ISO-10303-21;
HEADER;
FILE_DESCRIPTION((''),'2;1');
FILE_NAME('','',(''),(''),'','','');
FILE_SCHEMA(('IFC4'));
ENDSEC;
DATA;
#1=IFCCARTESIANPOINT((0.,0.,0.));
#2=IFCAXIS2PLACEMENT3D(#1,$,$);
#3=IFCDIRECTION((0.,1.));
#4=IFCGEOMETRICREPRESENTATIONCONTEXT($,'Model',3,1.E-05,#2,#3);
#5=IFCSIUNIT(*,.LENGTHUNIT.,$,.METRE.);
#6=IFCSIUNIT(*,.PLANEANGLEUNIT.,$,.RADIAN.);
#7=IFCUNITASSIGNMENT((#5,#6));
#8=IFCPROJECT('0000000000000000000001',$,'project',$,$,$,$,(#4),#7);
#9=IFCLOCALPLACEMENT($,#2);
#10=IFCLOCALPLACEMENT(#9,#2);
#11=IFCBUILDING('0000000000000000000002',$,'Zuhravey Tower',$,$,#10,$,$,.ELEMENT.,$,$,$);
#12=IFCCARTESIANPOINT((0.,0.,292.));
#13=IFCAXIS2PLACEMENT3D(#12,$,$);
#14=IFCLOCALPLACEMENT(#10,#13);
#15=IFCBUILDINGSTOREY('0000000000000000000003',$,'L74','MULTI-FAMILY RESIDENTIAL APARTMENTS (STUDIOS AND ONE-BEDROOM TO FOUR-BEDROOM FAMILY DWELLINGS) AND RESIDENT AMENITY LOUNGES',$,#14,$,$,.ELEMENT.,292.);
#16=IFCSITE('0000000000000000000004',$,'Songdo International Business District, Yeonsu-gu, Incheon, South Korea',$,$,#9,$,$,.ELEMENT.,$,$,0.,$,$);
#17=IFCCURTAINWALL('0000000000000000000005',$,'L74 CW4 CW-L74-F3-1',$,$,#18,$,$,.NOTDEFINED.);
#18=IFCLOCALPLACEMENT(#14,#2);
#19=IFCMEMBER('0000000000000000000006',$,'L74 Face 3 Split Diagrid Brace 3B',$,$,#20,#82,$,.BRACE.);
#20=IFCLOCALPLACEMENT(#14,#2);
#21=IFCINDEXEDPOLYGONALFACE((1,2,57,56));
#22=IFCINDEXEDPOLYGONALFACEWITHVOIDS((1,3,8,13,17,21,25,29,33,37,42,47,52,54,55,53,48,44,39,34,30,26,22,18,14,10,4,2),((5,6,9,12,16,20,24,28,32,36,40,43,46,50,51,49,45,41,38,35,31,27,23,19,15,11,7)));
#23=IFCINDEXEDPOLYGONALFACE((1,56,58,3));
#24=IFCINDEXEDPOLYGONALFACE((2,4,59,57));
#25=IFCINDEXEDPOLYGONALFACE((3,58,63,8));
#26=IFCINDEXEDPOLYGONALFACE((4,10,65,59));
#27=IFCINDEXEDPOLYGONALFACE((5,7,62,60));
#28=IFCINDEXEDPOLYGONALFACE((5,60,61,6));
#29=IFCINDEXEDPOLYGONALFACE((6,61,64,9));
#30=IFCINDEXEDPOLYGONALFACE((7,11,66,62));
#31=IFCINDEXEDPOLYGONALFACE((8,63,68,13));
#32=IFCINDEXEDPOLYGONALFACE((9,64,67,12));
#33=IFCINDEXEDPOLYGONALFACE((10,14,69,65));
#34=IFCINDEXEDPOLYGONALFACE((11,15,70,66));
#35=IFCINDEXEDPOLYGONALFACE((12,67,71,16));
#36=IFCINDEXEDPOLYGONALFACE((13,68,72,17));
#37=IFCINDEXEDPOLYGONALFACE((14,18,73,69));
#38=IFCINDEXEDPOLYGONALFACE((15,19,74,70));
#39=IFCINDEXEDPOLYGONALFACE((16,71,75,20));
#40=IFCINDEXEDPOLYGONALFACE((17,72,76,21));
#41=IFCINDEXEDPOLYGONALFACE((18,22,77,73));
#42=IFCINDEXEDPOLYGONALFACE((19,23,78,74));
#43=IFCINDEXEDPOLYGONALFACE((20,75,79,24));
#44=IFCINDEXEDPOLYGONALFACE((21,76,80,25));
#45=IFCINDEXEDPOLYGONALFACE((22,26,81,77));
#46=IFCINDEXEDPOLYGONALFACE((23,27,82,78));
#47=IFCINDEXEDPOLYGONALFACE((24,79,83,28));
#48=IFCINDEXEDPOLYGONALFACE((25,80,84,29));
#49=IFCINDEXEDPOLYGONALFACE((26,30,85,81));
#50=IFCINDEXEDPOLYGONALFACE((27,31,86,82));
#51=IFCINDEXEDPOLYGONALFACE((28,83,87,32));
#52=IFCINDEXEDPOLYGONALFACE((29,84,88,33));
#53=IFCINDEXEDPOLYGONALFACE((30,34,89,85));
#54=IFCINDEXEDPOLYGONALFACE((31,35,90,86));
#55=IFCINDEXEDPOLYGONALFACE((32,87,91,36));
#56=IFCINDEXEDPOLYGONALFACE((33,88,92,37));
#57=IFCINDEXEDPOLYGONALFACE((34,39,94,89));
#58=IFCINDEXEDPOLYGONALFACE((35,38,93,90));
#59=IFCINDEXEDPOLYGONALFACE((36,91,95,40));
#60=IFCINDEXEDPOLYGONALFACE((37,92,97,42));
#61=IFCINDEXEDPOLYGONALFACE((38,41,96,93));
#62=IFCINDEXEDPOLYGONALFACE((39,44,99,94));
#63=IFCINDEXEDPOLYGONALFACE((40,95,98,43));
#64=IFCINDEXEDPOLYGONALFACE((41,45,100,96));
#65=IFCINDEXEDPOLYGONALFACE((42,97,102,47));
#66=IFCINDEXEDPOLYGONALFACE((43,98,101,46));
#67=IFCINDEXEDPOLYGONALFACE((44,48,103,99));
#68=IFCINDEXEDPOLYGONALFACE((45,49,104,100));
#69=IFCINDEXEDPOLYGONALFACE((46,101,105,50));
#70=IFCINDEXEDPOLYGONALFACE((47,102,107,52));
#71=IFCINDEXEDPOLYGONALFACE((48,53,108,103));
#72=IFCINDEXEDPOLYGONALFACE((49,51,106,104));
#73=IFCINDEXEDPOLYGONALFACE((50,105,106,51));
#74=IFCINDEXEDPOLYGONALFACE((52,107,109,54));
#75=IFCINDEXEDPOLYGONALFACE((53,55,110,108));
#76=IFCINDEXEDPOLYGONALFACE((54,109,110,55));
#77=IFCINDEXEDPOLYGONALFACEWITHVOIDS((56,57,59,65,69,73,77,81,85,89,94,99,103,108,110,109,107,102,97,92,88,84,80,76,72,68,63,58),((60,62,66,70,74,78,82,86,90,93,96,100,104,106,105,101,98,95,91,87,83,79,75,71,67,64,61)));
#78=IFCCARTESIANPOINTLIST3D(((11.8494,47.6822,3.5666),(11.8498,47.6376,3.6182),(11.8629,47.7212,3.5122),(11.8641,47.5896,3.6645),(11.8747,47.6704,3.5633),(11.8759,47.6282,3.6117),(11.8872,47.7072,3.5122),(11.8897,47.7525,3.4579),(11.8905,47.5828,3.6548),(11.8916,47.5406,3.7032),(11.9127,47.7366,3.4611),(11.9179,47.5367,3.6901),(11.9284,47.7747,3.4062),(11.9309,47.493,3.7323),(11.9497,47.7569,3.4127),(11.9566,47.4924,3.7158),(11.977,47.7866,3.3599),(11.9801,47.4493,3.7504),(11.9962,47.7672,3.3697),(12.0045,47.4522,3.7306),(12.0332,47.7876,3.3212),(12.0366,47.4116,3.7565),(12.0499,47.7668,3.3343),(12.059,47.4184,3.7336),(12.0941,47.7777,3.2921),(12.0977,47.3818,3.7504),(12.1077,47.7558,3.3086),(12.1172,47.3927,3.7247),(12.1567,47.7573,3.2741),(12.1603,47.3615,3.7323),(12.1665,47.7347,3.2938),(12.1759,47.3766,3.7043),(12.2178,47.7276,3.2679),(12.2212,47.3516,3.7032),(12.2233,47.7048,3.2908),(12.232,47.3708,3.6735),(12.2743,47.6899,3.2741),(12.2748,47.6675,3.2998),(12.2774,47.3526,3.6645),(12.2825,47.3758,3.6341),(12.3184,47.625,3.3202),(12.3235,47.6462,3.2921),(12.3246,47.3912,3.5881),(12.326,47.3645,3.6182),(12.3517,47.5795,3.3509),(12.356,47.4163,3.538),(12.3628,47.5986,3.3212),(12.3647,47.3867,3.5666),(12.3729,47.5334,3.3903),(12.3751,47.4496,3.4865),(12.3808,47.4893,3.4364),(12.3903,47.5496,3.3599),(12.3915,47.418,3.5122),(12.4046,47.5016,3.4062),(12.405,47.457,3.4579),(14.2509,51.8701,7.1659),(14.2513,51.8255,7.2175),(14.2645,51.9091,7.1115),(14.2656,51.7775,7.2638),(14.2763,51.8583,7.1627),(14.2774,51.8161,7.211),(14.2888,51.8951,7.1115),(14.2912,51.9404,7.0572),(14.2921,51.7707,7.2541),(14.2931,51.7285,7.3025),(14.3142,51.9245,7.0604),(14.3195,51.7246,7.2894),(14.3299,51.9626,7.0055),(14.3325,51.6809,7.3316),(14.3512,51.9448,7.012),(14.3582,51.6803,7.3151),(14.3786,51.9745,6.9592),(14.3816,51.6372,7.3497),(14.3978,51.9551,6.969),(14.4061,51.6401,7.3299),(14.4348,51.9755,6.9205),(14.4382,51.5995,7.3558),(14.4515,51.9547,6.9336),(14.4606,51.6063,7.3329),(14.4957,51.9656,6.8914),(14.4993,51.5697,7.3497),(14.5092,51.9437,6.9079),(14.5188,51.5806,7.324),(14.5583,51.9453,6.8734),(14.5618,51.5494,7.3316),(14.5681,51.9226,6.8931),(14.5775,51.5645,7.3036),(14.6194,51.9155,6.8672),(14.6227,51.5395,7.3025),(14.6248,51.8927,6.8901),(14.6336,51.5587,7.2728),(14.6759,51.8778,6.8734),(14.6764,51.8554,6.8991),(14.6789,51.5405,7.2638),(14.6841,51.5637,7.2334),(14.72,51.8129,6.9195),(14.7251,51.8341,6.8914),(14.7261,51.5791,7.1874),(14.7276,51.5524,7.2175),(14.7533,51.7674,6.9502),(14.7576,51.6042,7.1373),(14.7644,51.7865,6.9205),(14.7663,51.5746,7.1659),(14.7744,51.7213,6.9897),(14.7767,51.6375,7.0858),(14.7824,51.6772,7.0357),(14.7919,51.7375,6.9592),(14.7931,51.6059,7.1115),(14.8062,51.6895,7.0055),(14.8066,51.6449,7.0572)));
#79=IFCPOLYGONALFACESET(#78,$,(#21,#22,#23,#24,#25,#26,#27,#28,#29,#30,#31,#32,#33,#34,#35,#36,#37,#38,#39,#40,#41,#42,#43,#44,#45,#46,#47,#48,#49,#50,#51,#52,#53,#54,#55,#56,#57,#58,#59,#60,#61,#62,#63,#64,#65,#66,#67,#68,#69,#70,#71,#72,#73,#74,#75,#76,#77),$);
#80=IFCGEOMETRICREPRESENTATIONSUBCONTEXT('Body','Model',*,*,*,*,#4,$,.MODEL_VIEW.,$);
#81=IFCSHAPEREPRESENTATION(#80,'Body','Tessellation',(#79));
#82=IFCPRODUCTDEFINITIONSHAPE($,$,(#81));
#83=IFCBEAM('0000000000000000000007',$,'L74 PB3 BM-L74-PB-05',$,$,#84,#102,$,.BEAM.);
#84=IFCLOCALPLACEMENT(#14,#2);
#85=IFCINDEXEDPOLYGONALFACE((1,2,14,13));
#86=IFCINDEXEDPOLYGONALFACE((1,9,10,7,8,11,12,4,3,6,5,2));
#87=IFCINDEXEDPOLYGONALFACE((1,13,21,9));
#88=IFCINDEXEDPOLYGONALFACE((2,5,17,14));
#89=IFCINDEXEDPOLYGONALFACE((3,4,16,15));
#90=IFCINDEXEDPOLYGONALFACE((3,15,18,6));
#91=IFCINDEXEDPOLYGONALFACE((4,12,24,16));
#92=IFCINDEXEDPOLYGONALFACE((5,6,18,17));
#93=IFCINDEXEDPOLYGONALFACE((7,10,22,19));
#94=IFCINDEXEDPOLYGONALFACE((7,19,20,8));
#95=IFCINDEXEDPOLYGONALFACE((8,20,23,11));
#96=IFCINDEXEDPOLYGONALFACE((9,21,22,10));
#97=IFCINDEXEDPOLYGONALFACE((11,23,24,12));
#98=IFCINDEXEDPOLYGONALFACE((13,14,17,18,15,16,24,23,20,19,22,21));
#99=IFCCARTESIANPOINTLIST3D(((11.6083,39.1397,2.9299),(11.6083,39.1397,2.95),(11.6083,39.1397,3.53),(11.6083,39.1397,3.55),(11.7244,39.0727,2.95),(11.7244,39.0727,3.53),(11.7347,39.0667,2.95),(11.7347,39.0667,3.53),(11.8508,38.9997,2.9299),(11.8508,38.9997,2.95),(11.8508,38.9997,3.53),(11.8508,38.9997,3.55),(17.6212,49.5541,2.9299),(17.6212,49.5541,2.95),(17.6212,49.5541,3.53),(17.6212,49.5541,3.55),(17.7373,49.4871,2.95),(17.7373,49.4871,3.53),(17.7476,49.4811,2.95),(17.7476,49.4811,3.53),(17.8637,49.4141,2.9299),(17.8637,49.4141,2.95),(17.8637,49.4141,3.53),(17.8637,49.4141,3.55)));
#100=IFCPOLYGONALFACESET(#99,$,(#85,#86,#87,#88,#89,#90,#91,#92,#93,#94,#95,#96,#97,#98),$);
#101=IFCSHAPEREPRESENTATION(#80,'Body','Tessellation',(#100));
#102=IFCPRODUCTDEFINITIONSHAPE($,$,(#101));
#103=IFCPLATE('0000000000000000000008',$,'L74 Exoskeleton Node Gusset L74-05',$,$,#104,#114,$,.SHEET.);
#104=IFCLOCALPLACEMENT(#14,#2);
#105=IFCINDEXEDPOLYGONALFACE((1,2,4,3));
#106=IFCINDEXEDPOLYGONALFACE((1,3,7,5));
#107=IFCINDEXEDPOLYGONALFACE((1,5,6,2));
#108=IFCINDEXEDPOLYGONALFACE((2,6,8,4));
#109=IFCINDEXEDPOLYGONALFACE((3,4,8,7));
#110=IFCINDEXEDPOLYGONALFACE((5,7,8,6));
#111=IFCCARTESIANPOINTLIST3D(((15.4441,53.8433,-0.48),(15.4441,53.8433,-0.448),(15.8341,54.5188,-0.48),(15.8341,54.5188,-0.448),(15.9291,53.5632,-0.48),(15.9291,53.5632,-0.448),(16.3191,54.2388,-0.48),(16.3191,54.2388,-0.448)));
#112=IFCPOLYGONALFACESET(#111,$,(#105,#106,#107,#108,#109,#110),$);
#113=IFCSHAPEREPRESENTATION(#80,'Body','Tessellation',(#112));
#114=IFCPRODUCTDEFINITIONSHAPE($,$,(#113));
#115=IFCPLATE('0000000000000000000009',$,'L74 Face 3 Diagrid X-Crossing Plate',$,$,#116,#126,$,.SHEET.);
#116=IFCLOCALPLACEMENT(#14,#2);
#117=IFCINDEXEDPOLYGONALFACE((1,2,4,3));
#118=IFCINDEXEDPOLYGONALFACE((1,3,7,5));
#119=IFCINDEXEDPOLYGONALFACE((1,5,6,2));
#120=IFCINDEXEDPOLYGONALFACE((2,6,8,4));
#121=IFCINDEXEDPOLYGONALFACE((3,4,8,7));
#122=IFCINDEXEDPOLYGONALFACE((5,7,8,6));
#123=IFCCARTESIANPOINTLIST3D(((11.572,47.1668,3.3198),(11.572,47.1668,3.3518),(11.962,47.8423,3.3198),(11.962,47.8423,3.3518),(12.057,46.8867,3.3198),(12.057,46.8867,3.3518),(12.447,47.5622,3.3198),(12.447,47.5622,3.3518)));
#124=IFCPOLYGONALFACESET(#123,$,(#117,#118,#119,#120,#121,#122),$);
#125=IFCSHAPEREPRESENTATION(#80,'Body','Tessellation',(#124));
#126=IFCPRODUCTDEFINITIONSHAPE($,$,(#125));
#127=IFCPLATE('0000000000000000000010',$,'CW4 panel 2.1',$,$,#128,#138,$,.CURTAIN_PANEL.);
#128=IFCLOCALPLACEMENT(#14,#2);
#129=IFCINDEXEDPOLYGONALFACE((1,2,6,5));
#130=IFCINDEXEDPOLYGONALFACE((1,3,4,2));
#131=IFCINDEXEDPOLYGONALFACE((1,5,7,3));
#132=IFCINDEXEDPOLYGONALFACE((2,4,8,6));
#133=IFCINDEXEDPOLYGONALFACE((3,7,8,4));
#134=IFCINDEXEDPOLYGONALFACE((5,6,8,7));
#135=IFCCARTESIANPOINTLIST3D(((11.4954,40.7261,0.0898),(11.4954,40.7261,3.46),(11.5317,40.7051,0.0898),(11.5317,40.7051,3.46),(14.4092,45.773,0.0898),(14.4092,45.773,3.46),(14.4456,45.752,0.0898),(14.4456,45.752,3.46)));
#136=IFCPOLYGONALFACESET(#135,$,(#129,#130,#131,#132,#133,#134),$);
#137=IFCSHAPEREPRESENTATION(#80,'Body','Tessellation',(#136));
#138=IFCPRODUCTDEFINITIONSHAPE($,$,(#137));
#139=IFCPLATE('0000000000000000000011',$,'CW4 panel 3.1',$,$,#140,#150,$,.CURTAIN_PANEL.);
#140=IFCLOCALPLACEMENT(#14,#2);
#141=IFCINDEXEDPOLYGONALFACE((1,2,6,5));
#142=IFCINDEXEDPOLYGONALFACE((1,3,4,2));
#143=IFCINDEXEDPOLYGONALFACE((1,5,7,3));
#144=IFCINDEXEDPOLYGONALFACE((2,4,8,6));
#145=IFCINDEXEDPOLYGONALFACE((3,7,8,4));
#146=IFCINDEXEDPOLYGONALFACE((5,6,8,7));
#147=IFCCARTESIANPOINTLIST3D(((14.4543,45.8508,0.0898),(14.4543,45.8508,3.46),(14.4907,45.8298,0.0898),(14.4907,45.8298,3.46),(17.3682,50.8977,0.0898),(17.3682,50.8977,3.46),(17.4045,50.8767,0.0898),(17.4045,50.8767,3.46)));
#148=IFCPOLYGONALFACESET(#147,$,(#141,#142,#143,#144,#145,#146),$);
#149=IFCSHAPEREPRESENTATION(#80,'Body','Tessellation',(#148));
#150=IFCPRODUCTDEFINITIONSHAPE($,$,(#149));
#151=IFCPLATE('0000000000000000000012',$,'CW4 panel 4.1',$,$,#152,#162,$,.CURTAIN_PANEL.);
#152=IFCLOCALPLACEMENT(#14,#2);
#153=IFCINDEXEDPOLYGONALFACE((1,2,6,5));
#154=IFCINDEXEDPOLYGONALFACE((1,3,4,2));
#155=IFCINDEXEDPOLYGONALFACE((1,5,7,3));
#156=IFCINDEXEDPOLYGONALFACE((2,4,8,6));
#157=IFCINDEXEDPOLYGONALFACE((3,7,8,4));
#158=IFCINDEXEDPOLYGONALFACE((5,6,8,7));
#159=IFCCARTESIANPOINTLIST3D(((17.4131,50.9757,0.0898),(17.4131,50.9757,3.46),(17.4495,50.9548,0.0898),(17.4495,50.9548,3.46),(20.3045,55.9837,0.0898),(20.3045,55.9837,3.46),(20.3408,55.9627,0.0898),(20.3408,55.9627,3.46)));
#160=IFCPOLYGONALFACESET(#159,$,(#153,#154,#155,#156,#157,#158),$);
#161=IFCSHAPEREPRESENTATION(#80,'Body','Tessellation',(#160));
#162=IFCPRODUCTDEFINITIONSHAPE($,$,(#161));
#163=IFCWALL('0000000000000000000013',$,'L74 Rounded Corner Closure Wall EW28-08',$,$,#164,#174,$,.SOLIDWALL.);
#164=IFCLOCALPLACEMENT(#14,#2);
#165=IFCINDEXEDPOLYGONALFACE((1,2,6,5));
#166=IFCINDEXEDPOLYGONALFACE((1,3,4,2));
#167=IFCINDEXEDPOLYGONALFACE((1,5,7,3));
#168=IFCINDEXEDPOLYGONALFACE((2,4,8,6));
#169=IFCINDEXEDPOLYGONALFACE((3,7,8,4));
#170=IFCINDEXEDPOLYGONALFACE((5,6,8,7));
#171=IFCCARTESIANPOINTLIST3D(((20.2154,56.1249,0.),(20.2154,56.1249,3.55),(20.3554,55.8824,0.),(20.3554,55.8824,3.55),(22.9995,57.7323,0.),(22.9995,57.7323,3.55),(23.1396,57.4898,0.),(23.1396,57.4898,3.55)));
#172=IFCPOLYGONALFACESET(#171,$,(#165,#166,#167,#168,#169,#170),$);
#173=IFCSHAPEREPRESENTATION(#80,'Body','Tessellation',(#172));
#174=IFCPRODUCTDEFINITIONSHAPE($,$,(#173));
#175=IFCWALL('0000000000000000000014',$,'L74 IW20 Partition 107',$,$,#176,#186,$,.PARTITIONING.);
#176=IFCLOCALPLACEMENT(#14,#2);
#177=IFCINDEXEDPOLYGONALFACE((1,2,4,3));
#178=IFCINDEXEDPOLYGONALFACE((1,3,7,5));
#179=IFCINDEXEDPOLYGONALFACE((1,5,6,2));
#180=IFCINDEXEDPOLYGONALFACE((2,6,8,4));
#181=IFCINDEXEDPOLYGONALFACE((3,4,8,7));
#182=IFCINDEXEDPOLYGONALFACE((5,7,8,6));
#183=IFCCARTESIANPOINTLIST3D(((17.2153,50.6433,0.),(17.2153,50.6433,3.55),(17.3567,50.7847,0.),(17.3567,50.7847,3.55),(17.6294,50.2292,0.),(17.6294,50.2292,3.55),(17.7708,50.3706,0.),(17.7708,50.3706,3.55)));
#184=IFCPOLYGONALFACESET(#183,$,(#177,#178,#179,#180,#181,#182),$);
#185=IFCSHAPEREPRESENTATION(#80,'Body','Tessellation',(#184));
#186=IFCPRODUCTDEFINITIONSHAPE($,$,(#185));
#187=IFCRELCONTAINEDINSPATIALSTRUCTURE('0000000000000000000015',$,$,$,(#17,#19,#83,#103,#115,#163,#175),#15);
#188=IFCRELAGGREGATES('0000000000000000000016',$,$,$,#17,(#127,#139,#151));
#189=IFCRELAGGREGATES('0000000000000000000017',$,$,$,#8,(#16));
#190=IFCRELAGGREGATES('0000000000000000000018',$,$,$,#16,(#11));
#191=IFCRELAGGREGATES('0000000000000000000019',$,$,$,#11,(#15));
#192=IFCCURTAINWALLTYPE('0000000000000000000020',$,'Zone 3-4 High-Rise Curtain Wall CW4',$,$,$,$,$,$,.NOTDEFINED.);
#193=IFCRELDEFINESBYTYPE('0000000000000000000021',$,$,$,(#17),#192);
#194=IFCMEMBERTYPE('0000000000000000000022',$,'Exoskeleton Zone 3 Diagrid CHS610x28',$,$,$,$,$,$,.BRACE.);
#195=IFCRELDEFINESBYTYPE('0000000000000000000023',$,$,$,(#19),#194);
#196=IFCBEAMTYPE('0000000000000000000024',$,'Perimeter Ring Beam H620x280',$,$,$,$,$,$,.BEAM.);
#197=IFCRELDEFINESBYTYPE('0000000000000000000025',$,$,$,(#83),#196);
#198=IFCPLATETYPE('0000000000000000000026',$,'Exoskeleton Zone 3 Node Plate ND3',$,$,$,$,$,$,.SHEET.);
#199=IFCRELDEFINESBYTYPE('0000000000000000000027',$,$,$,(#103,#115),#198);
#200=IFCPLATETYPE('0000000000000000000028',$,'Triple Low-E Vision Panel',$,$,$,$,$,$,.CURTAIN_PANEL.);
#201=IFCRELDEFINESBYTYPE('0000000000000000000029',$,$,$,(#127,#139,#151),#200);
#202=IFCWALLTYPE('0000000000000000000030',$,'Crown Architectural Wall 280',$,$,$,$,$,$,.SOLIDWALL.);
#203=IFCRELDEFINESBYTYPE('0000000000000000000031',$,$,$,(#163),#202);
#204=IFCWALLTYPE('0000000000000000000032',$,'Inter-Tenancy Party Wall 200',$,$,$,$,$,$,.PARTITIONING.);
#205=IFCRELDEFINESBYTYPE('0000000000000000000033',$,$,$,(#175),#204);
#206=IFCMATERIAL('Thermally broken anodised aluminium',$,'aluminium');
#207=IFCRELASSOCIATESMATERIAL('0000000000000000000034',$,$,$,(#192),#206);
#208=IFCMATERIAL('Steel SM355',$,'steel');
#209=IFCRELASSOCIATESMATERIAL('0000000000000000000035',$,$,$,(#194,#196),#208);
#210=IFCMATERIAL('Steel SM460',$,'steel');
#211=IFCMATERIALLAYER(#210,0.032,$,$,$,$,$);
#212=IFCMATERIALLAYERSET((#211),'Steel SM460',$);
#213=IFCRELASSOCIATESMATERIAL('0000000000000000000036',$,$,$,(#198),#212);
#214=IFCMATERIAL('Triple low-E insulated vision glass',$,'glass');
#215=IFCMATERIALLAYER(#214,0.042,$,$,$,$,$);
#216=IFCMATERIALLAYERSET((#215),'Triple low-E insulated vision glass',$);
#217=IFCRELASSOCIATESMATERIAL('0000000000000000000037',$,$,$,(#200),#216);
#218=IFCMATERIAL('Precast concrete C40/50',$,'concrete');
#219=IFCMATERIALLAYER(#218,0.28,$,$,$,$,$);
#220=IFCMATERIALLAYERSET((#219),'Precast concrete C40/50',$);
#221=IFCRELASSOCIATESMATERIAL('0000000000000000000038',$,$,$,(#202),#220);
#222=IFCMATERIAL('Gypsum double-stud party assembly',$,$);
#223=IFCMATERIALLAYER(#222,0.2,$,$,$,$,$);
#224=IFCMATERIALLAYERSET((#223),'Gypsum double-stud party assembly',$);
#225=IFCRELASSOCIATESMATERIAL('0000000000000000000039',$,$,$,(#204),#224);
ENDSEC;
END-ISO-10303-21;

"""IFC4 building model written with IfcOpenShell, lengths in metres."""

from ifc_helpers import new_model, si_unit, direction, frame, frame_2d, origin, origin_2d, place, context, subcontext, project, spatial, rectangle, hollow_circle, i_section, extrude, material, layer, layer_set, material_profile, profile_set, type_object, element, aggregate, save


model = new_model("IFC4")

# Units and contexts
model_context = context("Model", 3, precision=1e-05, world=origin(), true_north=direction((0.0, 1.0)))
body_context = subcontext(model_context, "Body", "Model", "MODEL_VIEW")
ifc_project = project(units=[si_unit("LENGTHUNIT", "METRE"), si_unit("PLANEANGLEUNIT", "RADIAN")], contexts=[model_context])

# Site, building, storey
site_placement = place(None, origin())
site = spatial("IfcSite", under=ifc_project, at=site_placement, Name="Songdo International Business District, Yeonsu-gu, Incheon, South Korea", CompositionType="ELEMENT", RefElevation=0.0)
building_placement = place(site_placement, origin())
building = spatial("IfcBuilding", under=site, at=building_placement, Name="Zuhravey Tower", CompositionType="ELEMENT")
storey_placement = place(building_placement, frame((0.0, 0.0, 292.0)))
storey = spatial("IfcBuildingStorey", under=building, at=storey_placement, Name="L74", Description="MULTI-FAMILY RESIDENTIAL APARTMENTS (STUDIOS AND ONE-BEDROOM TO FOUR-BEDROOM FAMILY DWELLINGS) AND RESIDENT AMENITY LOUNGES", CompositionType="ELEMENT", Elevation=292.0)

# Curtain wall
ifc_material_1 = material(Name="Thermally broken anodised aluminium", Category="aluminium")
curtain_wall_type = type_object("IfcCurtainWallType", Name="Zone 3-4 High-Rise Curtain Wall CW4", PredefinedType="NOTDEFINED", material=ifc_material_1)
curtain_wall_placement = place(storey_placement, origin())
curtain_wall = element("IfcCurtainWall", 1, at=curtain_wall_placement, inside=storey, type_object=curtain_wall_type, Name="L74 CW4 CW-L74-F3-1", PredefinedType="NOTDEFINED")

# Member
ifc_material_2 = material(Name="Steel SM355", Category="steel")
ifc_material_profile_1 = material_profile(ifc_material_2, hollow_circle(Radius=0.3047, WallThickness=0.0281, at=origin_2d()), Name="CHS-609.6x28")
ifc_profile_set_1 = profile_set([ifc_material_profile_1], Name="Steel SM355")
member_type_1 = type_object("IfcMemberType", Name="Exoskeleton Zone 3 Diagrid CHS610x28", PredefinedType="BRACE", material=ifc_profile_set_1)
member_1_placement = place(storey_placement, frame((12.1272, 47.5696, 3.5122), z_axis=(0.398818, 0.695468, 0.59772), x_axis=(-0.867486, 0.497462, 0.0)))
element("IfcMember", 2, at=member_1_placement, inside=storey, type_object=member_type_1, Name="L74 Face 3 Split Diagrid Brace 3B", PredefinedType="BRACE", context=body_context, shape_type="SweptSolid", body=[
    extrude(hollow_circle(Radius=0.3047, WallThickness=0.0281, at=origin_2d()), origin(), (0.0, 0.0, 1.0), 6.0217),
])

# Beam
ifc_material_profile_2 = material_profile(ifc_material_2, i_section(OverallWidth=0.28, OverallDepth=0.6201, WebThickness=0.012, FlangeThickness=0.02, at=origin_2d()), Name="H-620x280x12x20")
ifc_profile_set_2 = profile_set([ifc_material_profile_2], Name="Steel SM355")
beam_type = type_object("IfcBeamType", Name="Perimeter Ring Beam H620x280", PredefinedType="BEAM", material=ifc_profile_set_2)
beam_placement = place(storey_placement, frame((17.7424, 49.4841, 3.24), z_axis=(-0.500006, -0.866022, 0.0), x_axis=(0.866022, -0.500006, 0.0)))
element("IfcBeam", 3, at=beam_placement, inside=storey, type_object=beam_type, Name="L74 PB3 BM-L74-PB-05", PredefinedType="BEAM", context=body_context, shape_type="SweptSolid", body=[
    extrude(i_section(OverallWidth=0.28, OverallDepth=0.6201, WebThickness=0.012, FlangeThickness=0.02, at=origin_2d()), origin(), (0.0, 0.0, 1.0), 12.0256),
])

# Plates
ifc_material_3 = material(Name="Steel SM460", Category="steel")
ifc_layer_1 = layer(ifc_material_3, 0.032)
ifc_layer_set_1 = layer_set([ifc_layer_1], Name="Steel SM460")
plate_type_1 = type_object("IfcPlateType", Name="Exoskeleton Zone 3 Node Plate ND3", PredefinedType="SHEET", material=ifc_layer_set_1)
for number, where, z_axis, x_axis, name in (
    (4, (15.8816, 54.041, -0.48), (0.0, 0.0, 1.0), (-0.5, -0.866025, 0.0), "L74 Exoskeleton Node Gusset L74-05"),
    (5, (12.0095, 47.3645, 3.3198), (0.0, 0.0, 1.0), (-0.5, -0.866025, 0.0), "L74 Face 3 Diagrid X-Crossing Plate"),
):
    element("IfcPlate", number, at=place(storey_placement, frame(where, z_axis=z_axis, x_axis=x_axis)), inside=storey, type_object=plate_type_1, Name=name, PredefinedType="SHEET", context=body_context, shape_type="SweptSolid", body=[
        extrude(rectangle(XDim=0.78, YDim=0.5601, at=origin_2d()), origin(), (0.0, 0.0, 1.0), 0.032),
    ])

# Plates
ifc_material_4 = material(Name="Triple low-E insulated vision glass", Category="glass")
ifc_layer_2 = layer(ifc_material_4, 0.042)
ifc_layer_set_2 = layer_set([ifc_layer_2], Name="Triple low-E insulated vision glass")
plate_type_2 = type_object("IfcPlateType", Name="Triple Low-E Vision Panel", PredefinedType="CURTAIN_PANEL", material=ifc_layer_set_2)
plate_1_placement = place(storey_placement, frame((12.9705, 43.239, 0.0898), z_axis=(0.0, 0.0, 1.0), x_axis=(0.500001, 0.866025, 0.0)))
plate_1 = element("IfcPlate", 6, at=plate_1_placement, type_object=plate_type_2, Name="CW4 panel 2.1", PredefinedType="CURTAIN_PANEL", context=body_context, shape_type="SweptSolid", body=[
    extrude(rectangle(XDim=5.8276, YDim=0.042, at=origin_2d()), origin(), (0.0, 0.0, 1.0), 3.3701),
])
plate_2_placement = place(storey_placement, frame((15.9294, 48.3638, 0.0898), z_axis=(0.0, 0.0, 1.0), x_axis=(0.500001, 0.866025, 0.0)))
plate_2 = element("IfcPlate", 7, at=plate_2_placement, type_object=plate_type_2, Name="CW4 panel 3.1", PredefinedType="CURTAIN_PANEL", context=body_context, shape_type="SweptSolid", body=[
    extrude(rectangle(XDim=5.8276, YDim=0.042, at=origin_2d()), origin(), (0.0, 0.0, 1.0), 3.3701),
])
plate_3_placement = place(storey_placement, frame((18.877, 53.4692, 0.0898), z_axis=(0.0, 0.0, 1.0), x_axis=(0.500001, 0.866025, 0.0)))
plate_3 = element("IfcPlate", 8, at=plate_3_placement, type_object=plate_type_2, Name="CW4 panel 4.1", PredefinedType="CURTAIN_PANEL", context=body_context, shape_type="SweptSolid", body=[
    extrude(rectangle(XDim=5.7827, YDim=0.042, at=origin_2d()), origin(), (0.0, 0.0, 1.0), 3.3701),
])
aggregate(curtain_wall, [plate_1, plate_2, plate_3])

# Walls
ifc_material_5 = material(Name="Precast concrete C40/50", Category="concrete")
ifc_layer_3 = layer(ifc_material_5, 0.28)
ifc_layer_set_3 = layer_set([ifc_layer_3], Name="Precast concrete C40/50")
wall_type_1 = type_object("IfcWallType", Name="Crown Architectural Wall 280", PredefinedType="SOLIDWALL", material=ifc_layer_set_3)
wall_1_placement = place(storey_placement, frame((20.2854, 56.0037, 0.0), z_axis=(0.0, 0.0, 1.0), x_axis=(0.866029, 0.499994, 0.0)))
element("IfcWall", 9, at=wall_1_placement, inside=storey, type_object=wall_type_1, Name="L74 Rounded Corner Closure Wall EW28-08", PredefinedType="SOLIDWALL", context=body_context, shape_type="SweptSolid", body=[
    extrude(rectangle(XDim=3.2148, YDim=0.28, at=frame_2d((1.6074, 0.0))), origin(), (0.0, 0.0, 1.0), 3.55),
])
ifc_material_6 = material(Name="Gypsum double-stud party assembly")
ifc_layer_4 = layer(ifc_material_6, 0.2)
ifc_layer_set_4 = layer_set([ifc_layer_4], Name="Gypsum double-stud party assembly")
wall_type_2 = type_object("IfcWallType", Name="Inter-Tenancy Party Wall 200", PredefinedType="PARTITIONING", material=ifc_layer_set_4)
wall_2_placement = place(storey_placement, frame((17.7002, 50.2998, 0.0), z_axis=(0.0, 0.0, 1.0), x_axis=(-0.707107, 0.707107, 0.0)))
element("IfcWall", 10, at=wall_2_placement, inside=storey, type_object=wall_type_2, Name="L74 IW20 Partition 107", PredefinedType="PARTITIONING", context=body_context, shape_type="SweptSolid", body=[
    extrude(rectangle(XDim=0.5857, YDim=0.2, at=frame_2d((0.293, 0.0))), origin(), (0.0, 0.0, 1.0), 3.55),
])

save(model, "model.ifc")
